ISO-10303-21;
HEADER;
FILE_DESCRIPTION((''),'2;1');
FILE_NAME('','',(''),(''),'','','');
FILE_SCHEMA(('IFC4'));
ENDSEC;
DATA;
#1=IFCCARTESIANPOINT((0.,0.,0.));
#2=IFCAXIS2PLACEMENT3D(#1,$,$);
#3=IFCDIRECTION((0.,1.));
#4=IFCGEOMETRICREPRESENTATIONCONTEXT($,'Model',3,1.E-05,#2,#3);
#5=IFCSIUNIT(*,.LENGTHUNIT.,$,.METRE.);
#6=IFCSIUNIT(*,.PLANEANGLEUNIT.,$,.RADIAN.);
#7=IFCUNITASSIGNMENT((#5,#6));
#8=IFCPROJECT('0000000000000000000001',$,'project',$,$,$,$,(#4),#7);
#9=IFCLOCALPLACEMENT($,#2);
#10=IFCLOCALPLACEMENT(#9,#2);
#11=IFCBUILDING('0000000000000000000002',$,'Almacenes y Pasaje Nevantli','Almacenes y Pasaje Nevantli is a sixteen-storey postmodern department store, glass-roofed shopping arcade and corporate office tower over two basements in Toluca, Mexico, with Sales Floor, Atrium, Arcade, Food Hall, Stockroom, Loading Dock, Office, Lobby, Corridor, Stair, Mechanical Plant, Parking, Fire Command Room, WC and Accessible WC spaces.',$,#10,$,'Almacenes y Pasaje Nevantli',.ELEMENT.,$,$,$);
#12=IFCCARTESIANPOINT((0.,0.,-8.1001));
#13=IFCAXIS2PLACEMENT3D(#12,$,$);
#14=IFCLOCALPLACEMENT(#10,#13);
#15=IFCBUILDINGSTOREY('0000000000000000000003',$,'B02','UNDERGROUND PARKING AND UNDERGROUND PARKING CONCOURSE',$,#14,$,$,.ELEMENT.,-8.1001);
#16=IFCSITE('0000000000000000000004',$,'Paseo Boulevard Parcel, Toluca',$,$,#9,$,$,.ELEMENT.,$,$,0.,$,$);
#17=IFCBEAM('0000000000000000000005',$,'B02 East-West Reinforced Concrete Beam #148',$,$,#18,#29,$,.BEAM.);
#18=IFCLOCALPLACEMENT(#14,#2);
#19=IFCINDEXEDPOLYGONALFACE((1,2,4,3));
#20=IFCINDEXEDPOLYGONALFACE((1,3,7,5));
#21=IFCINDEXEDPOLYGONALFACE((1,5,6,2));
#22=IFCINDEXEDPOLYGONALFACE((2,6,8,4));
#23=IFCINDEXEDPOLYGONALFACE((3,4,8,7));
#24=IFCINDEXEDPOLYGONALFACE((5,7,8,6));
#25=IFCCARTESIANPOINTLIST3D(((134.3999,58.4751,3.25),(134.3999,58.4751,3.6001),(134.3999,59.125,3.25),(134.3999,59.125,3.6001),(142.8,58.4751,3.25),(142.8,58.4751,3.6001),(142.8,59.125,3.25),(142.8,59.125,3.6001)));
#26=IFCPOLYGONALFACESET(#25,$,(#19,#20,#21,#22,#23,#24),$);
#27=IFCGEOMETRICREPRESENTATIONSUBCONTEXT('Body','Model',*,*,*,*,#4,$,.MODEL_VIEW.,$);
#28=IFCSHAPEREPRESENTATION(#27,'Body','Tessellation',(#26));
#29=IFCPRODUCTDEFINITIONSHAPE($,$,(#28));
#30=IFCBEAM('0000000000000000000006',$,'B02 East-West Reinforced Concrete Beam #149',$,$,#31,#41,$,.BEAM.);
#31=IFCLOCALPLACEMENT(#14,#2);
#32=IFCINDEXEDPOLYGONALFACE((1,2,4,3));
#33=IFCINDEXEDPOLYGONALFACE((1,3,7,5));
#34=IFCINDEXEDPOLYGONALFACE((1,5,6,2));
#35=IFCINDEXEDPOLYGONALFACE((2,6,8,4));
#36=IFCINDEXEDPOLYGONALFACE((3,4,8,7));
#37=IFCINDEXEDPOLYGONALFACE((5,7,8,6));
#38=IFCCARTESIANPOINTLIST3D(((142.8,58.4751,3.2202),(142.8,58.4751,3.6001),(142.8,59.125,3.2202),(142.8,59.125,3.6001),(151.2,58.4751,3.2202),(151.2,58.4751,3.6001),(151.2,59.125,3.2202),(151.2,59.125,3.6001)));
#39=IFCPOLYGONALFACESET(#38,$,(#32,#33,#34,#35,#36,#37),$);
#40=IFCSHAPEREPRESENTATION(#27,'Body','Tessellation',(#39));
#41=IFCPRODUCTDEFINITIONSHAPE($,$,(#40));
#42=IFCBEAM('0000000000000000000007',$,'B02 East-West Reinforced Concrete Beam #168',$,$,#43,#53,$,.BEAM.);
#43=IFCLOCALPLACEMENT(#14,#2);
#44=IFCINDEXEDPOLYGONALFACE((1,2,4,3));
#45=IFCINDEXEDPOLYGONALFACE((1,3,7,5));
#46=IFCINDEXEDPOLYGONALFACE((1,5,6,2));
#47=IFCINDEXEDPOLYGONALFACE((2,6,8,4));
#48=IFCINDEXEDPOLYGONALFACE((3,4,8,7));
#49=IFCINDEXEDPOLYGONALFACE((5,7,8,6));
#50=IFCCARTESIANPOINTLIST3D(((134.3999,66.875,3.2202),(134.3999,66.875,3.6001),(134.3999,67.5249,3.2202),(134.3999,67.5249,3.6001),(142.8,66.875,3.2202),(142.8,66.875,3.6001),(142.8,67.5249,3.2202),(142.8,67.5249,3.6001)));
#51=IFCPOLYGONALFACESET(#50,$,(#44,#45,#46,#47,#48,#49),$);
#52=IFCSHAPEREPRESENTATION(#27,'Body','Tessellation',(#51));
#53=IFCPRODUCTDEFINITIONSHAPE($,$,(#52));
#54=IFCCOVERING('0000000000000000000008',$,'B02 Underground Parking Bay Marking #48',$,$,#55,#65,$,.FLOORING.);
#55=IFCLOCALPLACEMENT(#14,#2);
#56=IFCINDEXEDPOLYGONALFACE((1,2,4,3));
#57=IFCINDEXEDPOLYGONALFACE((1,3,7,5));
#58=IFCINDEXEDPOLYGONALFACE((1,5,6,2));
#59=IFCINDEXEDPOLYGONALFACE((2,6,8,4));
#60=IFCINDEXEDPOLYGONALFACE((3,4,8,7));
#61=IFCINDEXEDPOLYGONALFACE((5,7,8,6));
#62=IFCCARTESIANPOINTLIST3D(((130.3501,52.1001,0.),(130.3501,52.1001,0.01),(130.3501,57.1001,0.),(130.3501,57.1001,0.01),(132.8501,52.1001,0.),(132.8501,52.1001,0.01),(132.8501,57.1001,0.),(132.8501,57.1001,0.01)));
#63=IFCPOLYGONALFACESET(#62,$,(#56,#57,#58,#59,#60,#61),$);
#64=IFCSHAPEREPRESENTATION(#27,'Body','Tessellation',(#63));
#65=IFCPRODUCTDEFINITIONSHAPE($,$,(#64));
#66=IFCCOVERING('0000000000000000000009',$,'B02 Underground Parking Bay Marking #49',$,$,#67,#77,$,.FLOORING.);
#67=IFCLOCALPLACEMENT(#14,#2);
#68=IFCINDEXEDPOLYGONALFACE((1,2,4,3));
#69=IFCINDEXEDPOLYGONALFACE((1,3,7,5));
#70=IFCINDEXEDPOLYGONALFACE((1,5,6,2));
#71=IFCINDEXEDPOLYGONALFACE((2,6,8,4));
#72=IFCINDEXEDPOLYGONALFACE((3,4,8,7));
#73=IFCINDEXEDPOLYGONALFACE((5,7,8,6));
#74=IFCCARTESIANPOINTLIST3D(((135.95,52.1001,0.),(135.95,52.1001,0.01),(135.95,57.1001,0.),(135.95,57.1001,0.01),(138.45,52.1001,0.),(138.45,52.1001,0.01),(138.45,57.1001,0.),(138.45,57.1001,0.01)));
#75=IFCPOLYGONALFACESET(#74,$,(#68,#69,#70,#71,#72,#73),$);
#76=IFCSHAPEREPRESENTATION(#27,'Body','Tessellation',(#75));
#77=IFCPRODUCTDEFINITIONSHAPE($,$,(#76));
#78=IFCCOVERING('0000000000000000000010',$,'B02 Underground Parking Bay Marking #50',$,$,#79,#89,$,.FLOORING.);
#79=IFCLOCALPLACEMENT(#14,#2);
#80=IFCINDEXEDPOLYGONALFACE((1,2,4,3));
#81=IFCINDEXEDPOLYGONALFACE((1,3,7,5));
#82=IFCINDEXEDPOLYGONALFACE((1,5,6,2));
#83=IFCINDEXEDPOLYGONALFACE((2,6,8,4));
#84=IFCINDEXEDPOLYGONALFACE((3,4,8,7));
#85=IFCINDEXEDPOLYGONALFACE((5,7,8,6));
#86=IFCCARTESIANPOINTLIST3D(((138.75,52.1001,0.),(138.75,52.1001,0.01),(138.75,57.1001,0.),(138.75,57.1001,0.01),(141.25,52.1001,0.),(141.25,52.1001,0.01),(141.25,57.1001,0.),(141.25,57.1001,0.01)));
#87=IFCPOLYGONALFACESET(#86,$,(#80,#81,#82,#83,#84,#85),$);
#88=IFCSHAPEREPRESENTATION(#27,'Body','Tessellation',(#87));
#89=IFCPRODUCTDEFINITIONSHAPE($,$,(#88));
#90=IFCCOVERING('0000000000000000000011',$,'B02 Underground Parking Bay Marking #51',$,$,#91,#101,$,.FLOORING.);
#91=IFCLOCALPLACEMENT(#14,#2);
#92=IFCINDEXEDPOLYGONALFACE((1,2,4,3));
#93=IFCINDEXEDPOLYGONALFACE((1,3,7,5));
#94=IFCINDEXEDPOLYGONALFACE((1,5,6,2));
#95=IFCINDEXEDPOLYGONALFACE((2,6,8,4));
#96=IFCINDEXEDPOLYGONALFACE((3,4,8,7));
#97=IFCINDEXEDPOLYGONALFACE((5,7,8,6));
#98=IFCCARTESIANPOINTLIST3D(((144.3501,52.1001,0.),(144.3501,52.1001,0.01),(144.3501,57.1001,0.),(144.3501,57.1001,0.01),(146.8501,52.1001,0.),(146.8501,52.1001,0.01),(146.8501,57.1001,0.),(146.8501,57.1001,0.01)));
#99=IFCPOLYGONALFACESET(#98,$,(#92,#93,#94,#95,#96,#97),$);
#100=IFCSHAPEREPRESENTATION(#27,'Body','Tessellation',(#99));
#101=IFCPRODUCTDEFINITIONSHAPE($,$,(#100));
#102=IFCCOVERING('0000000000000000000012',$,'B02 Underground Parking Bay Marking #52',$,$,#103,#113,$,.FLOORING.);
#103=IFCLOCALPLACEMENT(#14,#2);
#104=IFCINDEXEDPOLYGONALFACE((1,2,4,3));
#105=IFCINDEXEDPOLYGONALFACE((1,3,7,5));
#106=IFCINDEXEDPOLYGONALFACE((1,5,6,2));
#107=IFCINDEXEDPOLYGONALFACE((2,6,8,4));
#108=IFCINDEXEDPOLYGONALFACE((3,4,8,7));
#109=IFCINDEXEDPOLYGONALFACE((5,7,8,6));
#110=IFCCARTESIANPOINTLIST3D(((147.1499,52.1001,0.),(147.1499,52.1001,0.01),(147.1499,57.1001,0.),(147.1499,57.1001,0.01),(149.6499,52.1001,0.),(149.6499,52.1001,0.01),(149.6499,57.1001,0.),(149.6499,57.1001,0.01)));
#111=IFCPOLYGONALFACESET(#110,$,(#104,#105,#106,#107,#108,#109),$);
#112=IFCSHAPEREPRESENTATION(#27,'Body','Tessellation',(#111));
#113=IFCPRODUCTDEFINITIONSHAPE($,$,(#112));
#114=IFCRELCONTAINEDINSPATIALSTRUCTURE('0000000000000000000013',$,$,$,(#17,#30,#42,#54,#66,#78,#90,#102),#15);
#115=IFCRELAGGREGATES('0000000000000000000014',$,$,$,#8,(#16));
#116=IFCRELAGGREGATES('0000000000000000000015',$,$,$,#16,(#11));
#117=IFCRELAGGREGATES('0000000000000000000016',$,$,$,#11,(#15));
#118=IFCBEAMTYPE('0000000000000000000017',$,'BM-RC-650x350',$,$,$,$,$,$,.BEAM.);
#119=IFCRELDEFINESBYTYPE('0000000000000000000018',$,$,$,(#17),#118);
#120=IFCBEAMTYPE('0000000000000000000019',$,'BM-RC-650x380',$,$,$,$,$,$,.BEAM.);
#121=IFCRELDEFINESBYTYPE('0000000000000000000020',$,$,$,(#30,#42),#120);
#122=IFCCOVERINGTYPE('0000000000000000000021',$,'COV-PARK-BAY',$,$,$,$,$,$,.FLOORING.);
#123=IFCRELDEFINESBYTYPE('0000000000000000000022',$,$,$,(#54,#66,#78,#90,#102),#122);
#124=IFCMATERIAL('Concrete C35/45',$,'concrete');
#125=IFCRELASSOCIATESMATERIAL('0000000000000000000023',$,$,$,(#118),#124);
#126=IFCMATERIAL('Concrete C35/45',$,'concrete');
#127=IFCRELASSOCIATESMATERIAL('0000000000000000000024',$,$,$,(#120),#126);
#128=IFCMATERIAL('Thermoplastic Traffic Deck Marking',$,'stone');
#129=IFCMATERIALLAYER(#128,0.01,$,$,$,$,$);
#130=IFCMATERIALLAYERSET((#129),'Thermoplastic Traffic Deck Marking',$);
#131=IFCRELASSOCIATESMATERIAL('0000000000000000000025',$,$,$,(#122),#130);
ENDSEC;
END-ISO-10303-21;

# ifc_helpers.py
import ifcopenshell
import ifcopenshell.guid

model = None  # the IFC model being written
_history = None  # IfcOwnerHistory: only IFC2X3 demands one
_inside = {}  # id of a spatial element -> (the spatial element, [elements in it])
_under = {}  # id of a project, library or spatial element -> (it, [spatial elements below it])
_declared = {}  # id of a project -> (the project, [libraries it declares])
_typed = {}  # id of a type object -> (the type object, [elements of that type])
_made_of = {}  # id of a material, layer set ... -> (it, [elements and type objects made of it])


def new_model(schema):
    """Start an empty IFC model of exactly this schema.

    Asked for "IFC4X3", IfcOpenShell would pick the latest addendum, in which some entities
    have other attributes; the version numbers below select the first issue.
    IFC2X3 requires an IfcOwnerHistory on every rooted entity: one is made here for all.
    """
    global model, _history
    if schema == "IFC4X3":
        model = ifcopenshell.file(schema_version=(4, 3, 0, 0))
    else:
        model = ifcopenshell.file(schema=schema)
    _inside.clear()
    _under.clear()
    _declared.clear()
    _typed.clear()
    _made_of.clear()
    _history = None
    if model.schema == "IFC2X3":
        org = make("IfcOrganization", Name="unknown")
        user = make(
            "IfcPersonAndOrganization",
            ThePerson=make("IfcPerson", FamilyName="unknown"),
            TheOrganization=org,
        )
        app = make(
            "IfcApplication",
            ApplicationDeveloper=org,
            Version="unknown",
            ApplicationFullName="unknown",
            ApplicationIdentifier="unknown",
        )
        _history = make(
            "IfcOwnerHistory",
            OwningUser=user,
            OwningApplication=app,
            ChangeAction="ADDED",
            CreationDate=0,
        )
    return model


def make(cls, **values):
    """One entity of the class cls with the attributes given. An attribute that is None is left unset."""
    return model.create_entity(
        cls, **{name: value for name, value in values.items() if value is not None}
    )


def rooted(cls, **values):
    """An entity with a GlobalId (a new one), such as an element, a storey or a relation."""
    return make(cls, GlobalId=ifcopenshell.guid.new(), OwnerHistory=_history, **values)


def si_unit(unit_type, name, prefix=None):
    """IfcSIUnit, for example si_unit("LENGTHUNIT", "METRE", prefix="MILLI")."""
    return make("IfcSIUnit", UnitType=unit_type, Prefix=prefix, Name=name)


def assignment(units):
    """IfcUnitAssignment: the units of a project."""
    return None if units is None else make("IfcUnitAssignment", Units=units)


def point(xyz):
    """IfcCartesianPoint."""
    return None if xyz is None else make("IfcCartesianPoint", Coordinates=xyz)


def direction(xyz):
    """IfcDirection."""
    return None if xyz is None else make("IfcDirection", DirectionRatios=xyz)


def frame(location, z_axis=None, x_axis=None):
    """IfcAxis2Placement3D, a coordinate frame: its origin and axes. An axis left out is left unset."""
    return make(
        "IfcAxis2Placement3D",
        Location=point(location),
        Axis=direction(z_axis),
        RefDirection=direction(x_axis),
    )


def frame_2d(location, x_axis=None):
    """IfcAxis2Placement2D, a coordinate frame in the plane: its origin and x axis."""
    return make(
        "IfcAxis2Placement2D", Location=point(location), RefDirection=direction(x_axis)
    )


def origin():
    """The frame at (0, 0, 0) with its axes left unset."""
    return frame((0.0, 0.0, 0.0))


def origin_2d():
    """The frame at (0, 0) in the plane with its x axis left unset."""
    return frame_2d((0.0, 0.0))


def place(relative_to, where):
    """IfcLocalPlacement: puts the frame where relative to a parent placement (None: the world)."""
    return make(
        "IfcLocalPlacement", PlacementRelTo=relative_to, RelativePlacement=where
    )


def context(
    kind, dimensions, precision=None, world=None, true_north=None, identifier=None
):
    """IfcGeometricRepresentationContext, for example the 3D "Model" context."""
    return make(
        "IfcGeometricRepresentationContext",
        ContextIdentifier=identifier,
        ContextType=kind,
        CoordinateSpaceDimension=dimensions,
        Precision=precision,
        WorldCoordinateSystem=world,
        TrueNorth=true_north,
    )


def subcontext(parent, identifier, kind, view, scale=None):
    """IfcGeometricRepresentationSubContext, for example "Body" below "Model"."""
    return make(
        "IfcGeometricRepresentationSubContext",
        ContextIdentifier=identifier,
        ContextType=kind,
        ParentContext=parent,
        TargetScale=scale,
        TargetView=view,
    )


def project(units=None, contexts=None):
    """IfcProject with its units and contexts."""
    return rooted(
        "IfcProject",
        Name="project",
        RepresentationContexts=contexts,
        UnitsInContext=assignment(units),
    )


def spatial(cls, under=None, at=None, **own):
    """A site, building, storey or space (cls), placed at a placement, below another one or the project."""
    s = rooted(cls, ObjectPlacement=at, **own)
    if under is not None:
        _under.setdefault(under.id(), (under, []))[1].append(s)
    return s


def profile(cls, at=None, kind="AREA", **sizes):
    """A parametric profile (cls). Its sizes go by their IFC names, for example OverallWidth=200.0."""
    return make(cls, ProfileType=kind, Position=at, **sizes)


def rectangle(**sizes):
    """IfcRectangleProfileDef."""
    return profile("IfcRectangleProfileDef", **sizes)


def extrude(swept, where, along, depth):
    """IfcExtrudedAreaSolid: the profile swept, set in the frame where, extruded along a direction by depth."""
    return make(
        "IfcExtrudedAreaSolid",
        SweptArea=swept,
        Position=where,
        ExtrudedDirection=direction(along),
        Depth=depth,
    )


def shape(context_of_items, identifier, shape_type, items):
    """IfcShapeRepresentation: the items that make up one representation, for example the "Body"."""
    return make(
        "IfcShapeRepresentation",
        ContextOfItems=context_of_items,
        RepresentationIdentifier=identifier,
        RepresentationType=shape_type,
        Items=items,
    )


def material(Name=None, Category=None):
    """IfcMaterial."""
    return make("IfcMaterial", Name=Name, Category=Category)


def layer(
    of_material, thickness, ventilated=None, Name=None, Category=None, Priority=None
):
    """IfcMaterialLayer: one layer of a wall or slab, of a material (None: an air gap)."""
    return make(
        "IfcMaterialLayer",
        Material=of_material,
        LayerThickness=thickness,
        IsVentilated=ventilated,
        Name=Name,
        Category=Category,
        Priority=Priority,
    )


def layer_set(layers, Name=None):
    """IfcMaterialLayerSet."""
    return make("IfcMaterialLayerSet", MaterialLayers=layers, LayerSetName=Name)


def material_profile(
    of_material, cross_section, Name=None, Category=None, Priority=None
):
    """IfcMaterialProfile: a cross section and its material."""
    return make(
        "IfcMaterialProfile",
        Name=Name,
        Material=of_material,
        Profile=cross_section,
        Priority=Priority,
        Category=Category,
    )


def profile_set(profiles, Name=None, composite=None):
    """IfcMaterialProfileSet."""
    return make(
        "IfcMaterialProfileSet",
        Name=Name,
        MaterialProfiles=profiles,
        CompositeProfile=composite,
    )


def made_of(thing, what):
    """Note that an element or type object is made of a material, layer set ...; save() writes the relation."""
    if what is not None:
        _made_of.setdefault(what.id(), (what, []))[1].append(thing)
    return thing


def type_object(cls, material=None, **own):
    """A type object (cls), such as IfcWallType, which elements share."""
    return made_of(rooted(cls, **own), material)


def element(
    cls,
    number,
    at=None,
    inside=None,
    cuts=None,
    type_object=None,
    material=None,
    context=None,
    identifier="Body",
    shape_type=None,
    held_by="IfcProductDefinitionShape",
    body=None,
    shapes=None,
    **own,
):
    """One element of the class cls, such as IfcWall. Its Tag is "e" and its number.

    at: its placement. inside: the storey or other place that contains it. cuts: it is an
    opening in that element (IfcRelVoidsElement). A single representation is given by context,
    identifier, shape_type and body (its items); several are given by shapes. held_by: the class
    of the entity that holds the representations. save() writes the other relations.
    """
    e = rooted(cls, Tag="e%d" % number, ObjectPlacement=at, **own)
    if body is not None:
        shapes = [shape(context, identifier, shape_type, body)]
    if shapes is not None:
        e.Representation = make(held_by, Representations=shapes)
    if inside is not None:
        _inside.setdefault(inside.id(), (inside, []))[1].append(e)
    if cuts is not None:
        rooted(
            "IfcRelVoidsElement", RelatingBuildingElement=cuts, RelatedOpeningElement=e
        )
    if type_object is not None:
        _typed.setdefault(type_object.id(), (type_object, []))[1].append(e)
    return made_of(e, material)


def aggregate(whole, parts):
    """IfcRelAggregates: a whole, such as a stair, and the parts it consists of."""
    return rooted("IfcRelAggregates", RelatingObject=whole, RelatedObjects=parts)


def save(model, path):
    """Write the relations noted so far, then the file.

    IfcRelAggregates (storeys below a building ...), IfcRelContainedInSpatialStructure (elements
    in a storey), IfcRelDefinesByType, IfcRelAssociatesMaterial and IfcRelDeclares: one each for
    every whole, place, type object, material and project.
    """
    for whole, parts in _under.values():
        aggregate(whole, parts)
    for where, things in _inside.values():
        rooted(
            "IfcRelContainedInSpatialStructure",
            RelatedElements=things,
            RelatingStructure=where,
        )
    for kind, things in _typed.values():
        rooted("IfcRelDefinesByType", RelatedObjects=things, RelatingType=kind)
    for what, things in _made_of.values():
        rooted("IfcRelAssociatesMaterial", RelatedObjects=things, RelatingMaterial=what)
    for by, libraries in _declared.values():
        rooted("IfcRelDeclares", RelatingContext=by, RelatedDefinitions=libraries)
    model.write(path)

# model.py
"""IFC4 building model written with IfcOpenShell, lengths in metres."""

from ifc_helpers import new_model, si_unit, direction, frame, origin, origin_2d, place, context, subcontext, project, spatial, rectangle, extrude, material, layer, layer_set, material_profile, profile_set, type_object, element, save


model = new_model("IFC4")

# Units and contexts
model_context = context("Model", 3, precision=1e-05, world=origin(), true_north=direction((0.0, 1.0)))
body_context = subcontext(model_context, "Body", "Model", "MODEL_VIEW")
ifc_project = project(units=[si_unit("LENGTHUNIT", "METRE"), si_unit("PLANEANGLEUNIT", "RADIAN")], contexts=[model_context])

# Site, building, storey
site_placement = place(None, origin())
site = spatial("IfcSite", under=ifc_project, at=site_placement, Name="Paseo Boulevard Parcel, Toluca", CompositionType="ELEMENT", RefElevation=0.0)
building_placement = place(site_placement, origin())
building = spatial("IfcBuilding", under=site, at=building_placement, Name="Almacenes y Pasaje Nevantli", Description="Almacenes y Pasaje Nevantli is a sixteen-storey postmodern department store, glass-roofed shopping arcade and corporate office tower over two basements in Toluca, Mexico, with Sales Floor, Atrium, Arcade, Food Hall, Stockroom, Loading Dock, Office, Lobby, Corridor, Stair, Mechanical Plant, Parking, Fire Command Room, WC and Accessible WC spaces.", LongName="Almacenes y Pasaje Nevantli", CompositionType="ELEMENT")
storey_placement = place(building_placement, frame((0.0, 0.0, -8.1001)))
storey = spatial("IfcBuildingStorey", under=building, at=storey_placement, Name="B02", Description="UNDERGROUND PARKING AND UNDERGROUND PARKING CONCOURSE", CompositionType="ELEMENT", Elevation=-8.1001)

# Beams
ifc_material_1 = material(Name="Concrete C35/45", Category="concrete")
ifc_material_profile_1 = material_profile(ifc_material_1, rectangle(XDim=0.6499, YDim=0.3501, at=origin_2d()), Name="RC-BM-650x350")
ifc_profile_set_1 = profile_set([ifc_material_profile_1], Name="Concrete C35/45")
beam_type_1 = type_object("IfcBeamType", Name="BM-RC-650x350", PredefinedType="BEAM", material=ifc_profile_set_1)
beam_1_placement = place(storey_placement, frame((134.3999, 58.8, 3.425), z_axis=(1.0, 0.0, 0.0), x_axis=(0.0, 1.0, 0.0)))
element("IfcBeam", 1, at=beam_1_placement, inside=storey, type_object=beam_type_1, Name="B02 East-West Reinforced Concrete Beam #148", PredefinedType="BEAM", context=body_context, shape_type="SweptSolid", body=[
    extrude(rectangle(XDim=0.6499, YDim=0.3501, at=origin_2d()), origin(), (0.0, 0.0, 1.0), 8.4001),
])
ifc_material_2 = material(Name="Concrete C35/45", Category="concrete")
ifc_material_profile_2 = material_profile(ifc_material_2, rectangle(XDim=0.6499, YDim=0.3799, at=origin_2d()), Name="RC-BM-650x380")
ifc_profile_set_2 = profile_set([ifc_material_profile_2], Name="Concrete C35/45")
beam_type_2 = type_object("IfcBeamType", Name="BM-RC-650x380", PredefinedType="BEAM", material=ifc_profile_set_2)
beam_2_placement = place(storey_placement, frame((142.8, 58.8, 3.4102), z_axis=(1.0, 0.0, 0.0), x_axis=(0.0, 1.0, 0.0)))
element("IfcBeam", 2, at=beam_2_placement, inside=storey, type_object=beam_type_2, Name="B02 East-West Reinforced Concrete Beam #149", PredefinedType="BEAM", context=body_context, shape_type="SweptSolid", body=[
    extrude(rectangle(XDim=0.6499, YDim=0.3799, at=origin_2d()), origin(), (0.0, 0.0, 1.0), 8.3999),
])
beam_3_placement = place(storey_placement, frame((134.3999, 67.2, 3.4102), z_axis=(1.0, 0.0, 0.0), x_axis=(0.0, 1.0, 0.0)))
element("IfcBeam", 3, at=beam_3_placement, inside=storey, type_object=beam_type_2, Name="B02 East-West Reinforced Concrete Beam #168", PredefinedType="BEAM", context=body_context, shape_type="SweptSolid", body=[
    extrude(rectangle(XDim=0.6499, YDim=0.3799, at=origin_2d()), origin(), (0.0, 0.0, 1.0), 8.4001),
])

# Coverings
ifc_material_3 = material(Name="Thermoplastic Traffic Deck Marking", Category="stone")
ifc_layer_1 = layer(ifc_material_3, 0.01)
ifc_layer_set_1 = layer_set([ifc_layer_1], Name="Thermoplastic Traffic Deck Marking")
covering_type = type_object("IfcCoveringType", Name="COV-PARK-BAY", PredefinedType="FLOORING", material=ifc_layer_set_1)
for number, where, z_axis, x_axis, name in (
    (4, (131.6001, 54.6001, 0.0), (0.0, 0.0, 1.0), (1.0, 0.0, 0.0), "B02 Underground Parking Bay Marking #48"),
    (5, (137.2, 54.6001, 0.0), (0.0, 0.0, 1.0), (1.0, 0.0, 0.0), "B02 Underground Parking Bay Marking #49"),
    (6, (140.0, 54.6001, 0.0), (0.0, 0.0, 1.0), (1.0, 0.0, 0.0), "B02 Underground Parking Bay Marking #50"),
    (7, (145.6001, 54.6001, 0.0), (0.0, 0.0, 1.0), (1.0, 0.0, 0.0), "B02 Underground Parking Bay Marking #51"),
    (8, (148.3999, 54.6001, 0.0), (0.0, 0.0, 1.0), (1.0, 0.0, 0.0), "B02 Underground Parking Bay Marking #52"),
):
    element("IfcCovering", number, at=place(storey_placement, frame(where, z_axis=z_axis, x_axis=x_axis)), inside=storey, type_object=covering_type, Name=name, PredefinedType="FLOORING", context=body_context, shape_type="SweptSolid", body=[
        extrude(rectangle(XDim=2.5, YDim=5.0, at=origin_2d()), origin(), (0.0, 0.0, 1.0), 0.01),
    ])

save(model, "model.ifc")
